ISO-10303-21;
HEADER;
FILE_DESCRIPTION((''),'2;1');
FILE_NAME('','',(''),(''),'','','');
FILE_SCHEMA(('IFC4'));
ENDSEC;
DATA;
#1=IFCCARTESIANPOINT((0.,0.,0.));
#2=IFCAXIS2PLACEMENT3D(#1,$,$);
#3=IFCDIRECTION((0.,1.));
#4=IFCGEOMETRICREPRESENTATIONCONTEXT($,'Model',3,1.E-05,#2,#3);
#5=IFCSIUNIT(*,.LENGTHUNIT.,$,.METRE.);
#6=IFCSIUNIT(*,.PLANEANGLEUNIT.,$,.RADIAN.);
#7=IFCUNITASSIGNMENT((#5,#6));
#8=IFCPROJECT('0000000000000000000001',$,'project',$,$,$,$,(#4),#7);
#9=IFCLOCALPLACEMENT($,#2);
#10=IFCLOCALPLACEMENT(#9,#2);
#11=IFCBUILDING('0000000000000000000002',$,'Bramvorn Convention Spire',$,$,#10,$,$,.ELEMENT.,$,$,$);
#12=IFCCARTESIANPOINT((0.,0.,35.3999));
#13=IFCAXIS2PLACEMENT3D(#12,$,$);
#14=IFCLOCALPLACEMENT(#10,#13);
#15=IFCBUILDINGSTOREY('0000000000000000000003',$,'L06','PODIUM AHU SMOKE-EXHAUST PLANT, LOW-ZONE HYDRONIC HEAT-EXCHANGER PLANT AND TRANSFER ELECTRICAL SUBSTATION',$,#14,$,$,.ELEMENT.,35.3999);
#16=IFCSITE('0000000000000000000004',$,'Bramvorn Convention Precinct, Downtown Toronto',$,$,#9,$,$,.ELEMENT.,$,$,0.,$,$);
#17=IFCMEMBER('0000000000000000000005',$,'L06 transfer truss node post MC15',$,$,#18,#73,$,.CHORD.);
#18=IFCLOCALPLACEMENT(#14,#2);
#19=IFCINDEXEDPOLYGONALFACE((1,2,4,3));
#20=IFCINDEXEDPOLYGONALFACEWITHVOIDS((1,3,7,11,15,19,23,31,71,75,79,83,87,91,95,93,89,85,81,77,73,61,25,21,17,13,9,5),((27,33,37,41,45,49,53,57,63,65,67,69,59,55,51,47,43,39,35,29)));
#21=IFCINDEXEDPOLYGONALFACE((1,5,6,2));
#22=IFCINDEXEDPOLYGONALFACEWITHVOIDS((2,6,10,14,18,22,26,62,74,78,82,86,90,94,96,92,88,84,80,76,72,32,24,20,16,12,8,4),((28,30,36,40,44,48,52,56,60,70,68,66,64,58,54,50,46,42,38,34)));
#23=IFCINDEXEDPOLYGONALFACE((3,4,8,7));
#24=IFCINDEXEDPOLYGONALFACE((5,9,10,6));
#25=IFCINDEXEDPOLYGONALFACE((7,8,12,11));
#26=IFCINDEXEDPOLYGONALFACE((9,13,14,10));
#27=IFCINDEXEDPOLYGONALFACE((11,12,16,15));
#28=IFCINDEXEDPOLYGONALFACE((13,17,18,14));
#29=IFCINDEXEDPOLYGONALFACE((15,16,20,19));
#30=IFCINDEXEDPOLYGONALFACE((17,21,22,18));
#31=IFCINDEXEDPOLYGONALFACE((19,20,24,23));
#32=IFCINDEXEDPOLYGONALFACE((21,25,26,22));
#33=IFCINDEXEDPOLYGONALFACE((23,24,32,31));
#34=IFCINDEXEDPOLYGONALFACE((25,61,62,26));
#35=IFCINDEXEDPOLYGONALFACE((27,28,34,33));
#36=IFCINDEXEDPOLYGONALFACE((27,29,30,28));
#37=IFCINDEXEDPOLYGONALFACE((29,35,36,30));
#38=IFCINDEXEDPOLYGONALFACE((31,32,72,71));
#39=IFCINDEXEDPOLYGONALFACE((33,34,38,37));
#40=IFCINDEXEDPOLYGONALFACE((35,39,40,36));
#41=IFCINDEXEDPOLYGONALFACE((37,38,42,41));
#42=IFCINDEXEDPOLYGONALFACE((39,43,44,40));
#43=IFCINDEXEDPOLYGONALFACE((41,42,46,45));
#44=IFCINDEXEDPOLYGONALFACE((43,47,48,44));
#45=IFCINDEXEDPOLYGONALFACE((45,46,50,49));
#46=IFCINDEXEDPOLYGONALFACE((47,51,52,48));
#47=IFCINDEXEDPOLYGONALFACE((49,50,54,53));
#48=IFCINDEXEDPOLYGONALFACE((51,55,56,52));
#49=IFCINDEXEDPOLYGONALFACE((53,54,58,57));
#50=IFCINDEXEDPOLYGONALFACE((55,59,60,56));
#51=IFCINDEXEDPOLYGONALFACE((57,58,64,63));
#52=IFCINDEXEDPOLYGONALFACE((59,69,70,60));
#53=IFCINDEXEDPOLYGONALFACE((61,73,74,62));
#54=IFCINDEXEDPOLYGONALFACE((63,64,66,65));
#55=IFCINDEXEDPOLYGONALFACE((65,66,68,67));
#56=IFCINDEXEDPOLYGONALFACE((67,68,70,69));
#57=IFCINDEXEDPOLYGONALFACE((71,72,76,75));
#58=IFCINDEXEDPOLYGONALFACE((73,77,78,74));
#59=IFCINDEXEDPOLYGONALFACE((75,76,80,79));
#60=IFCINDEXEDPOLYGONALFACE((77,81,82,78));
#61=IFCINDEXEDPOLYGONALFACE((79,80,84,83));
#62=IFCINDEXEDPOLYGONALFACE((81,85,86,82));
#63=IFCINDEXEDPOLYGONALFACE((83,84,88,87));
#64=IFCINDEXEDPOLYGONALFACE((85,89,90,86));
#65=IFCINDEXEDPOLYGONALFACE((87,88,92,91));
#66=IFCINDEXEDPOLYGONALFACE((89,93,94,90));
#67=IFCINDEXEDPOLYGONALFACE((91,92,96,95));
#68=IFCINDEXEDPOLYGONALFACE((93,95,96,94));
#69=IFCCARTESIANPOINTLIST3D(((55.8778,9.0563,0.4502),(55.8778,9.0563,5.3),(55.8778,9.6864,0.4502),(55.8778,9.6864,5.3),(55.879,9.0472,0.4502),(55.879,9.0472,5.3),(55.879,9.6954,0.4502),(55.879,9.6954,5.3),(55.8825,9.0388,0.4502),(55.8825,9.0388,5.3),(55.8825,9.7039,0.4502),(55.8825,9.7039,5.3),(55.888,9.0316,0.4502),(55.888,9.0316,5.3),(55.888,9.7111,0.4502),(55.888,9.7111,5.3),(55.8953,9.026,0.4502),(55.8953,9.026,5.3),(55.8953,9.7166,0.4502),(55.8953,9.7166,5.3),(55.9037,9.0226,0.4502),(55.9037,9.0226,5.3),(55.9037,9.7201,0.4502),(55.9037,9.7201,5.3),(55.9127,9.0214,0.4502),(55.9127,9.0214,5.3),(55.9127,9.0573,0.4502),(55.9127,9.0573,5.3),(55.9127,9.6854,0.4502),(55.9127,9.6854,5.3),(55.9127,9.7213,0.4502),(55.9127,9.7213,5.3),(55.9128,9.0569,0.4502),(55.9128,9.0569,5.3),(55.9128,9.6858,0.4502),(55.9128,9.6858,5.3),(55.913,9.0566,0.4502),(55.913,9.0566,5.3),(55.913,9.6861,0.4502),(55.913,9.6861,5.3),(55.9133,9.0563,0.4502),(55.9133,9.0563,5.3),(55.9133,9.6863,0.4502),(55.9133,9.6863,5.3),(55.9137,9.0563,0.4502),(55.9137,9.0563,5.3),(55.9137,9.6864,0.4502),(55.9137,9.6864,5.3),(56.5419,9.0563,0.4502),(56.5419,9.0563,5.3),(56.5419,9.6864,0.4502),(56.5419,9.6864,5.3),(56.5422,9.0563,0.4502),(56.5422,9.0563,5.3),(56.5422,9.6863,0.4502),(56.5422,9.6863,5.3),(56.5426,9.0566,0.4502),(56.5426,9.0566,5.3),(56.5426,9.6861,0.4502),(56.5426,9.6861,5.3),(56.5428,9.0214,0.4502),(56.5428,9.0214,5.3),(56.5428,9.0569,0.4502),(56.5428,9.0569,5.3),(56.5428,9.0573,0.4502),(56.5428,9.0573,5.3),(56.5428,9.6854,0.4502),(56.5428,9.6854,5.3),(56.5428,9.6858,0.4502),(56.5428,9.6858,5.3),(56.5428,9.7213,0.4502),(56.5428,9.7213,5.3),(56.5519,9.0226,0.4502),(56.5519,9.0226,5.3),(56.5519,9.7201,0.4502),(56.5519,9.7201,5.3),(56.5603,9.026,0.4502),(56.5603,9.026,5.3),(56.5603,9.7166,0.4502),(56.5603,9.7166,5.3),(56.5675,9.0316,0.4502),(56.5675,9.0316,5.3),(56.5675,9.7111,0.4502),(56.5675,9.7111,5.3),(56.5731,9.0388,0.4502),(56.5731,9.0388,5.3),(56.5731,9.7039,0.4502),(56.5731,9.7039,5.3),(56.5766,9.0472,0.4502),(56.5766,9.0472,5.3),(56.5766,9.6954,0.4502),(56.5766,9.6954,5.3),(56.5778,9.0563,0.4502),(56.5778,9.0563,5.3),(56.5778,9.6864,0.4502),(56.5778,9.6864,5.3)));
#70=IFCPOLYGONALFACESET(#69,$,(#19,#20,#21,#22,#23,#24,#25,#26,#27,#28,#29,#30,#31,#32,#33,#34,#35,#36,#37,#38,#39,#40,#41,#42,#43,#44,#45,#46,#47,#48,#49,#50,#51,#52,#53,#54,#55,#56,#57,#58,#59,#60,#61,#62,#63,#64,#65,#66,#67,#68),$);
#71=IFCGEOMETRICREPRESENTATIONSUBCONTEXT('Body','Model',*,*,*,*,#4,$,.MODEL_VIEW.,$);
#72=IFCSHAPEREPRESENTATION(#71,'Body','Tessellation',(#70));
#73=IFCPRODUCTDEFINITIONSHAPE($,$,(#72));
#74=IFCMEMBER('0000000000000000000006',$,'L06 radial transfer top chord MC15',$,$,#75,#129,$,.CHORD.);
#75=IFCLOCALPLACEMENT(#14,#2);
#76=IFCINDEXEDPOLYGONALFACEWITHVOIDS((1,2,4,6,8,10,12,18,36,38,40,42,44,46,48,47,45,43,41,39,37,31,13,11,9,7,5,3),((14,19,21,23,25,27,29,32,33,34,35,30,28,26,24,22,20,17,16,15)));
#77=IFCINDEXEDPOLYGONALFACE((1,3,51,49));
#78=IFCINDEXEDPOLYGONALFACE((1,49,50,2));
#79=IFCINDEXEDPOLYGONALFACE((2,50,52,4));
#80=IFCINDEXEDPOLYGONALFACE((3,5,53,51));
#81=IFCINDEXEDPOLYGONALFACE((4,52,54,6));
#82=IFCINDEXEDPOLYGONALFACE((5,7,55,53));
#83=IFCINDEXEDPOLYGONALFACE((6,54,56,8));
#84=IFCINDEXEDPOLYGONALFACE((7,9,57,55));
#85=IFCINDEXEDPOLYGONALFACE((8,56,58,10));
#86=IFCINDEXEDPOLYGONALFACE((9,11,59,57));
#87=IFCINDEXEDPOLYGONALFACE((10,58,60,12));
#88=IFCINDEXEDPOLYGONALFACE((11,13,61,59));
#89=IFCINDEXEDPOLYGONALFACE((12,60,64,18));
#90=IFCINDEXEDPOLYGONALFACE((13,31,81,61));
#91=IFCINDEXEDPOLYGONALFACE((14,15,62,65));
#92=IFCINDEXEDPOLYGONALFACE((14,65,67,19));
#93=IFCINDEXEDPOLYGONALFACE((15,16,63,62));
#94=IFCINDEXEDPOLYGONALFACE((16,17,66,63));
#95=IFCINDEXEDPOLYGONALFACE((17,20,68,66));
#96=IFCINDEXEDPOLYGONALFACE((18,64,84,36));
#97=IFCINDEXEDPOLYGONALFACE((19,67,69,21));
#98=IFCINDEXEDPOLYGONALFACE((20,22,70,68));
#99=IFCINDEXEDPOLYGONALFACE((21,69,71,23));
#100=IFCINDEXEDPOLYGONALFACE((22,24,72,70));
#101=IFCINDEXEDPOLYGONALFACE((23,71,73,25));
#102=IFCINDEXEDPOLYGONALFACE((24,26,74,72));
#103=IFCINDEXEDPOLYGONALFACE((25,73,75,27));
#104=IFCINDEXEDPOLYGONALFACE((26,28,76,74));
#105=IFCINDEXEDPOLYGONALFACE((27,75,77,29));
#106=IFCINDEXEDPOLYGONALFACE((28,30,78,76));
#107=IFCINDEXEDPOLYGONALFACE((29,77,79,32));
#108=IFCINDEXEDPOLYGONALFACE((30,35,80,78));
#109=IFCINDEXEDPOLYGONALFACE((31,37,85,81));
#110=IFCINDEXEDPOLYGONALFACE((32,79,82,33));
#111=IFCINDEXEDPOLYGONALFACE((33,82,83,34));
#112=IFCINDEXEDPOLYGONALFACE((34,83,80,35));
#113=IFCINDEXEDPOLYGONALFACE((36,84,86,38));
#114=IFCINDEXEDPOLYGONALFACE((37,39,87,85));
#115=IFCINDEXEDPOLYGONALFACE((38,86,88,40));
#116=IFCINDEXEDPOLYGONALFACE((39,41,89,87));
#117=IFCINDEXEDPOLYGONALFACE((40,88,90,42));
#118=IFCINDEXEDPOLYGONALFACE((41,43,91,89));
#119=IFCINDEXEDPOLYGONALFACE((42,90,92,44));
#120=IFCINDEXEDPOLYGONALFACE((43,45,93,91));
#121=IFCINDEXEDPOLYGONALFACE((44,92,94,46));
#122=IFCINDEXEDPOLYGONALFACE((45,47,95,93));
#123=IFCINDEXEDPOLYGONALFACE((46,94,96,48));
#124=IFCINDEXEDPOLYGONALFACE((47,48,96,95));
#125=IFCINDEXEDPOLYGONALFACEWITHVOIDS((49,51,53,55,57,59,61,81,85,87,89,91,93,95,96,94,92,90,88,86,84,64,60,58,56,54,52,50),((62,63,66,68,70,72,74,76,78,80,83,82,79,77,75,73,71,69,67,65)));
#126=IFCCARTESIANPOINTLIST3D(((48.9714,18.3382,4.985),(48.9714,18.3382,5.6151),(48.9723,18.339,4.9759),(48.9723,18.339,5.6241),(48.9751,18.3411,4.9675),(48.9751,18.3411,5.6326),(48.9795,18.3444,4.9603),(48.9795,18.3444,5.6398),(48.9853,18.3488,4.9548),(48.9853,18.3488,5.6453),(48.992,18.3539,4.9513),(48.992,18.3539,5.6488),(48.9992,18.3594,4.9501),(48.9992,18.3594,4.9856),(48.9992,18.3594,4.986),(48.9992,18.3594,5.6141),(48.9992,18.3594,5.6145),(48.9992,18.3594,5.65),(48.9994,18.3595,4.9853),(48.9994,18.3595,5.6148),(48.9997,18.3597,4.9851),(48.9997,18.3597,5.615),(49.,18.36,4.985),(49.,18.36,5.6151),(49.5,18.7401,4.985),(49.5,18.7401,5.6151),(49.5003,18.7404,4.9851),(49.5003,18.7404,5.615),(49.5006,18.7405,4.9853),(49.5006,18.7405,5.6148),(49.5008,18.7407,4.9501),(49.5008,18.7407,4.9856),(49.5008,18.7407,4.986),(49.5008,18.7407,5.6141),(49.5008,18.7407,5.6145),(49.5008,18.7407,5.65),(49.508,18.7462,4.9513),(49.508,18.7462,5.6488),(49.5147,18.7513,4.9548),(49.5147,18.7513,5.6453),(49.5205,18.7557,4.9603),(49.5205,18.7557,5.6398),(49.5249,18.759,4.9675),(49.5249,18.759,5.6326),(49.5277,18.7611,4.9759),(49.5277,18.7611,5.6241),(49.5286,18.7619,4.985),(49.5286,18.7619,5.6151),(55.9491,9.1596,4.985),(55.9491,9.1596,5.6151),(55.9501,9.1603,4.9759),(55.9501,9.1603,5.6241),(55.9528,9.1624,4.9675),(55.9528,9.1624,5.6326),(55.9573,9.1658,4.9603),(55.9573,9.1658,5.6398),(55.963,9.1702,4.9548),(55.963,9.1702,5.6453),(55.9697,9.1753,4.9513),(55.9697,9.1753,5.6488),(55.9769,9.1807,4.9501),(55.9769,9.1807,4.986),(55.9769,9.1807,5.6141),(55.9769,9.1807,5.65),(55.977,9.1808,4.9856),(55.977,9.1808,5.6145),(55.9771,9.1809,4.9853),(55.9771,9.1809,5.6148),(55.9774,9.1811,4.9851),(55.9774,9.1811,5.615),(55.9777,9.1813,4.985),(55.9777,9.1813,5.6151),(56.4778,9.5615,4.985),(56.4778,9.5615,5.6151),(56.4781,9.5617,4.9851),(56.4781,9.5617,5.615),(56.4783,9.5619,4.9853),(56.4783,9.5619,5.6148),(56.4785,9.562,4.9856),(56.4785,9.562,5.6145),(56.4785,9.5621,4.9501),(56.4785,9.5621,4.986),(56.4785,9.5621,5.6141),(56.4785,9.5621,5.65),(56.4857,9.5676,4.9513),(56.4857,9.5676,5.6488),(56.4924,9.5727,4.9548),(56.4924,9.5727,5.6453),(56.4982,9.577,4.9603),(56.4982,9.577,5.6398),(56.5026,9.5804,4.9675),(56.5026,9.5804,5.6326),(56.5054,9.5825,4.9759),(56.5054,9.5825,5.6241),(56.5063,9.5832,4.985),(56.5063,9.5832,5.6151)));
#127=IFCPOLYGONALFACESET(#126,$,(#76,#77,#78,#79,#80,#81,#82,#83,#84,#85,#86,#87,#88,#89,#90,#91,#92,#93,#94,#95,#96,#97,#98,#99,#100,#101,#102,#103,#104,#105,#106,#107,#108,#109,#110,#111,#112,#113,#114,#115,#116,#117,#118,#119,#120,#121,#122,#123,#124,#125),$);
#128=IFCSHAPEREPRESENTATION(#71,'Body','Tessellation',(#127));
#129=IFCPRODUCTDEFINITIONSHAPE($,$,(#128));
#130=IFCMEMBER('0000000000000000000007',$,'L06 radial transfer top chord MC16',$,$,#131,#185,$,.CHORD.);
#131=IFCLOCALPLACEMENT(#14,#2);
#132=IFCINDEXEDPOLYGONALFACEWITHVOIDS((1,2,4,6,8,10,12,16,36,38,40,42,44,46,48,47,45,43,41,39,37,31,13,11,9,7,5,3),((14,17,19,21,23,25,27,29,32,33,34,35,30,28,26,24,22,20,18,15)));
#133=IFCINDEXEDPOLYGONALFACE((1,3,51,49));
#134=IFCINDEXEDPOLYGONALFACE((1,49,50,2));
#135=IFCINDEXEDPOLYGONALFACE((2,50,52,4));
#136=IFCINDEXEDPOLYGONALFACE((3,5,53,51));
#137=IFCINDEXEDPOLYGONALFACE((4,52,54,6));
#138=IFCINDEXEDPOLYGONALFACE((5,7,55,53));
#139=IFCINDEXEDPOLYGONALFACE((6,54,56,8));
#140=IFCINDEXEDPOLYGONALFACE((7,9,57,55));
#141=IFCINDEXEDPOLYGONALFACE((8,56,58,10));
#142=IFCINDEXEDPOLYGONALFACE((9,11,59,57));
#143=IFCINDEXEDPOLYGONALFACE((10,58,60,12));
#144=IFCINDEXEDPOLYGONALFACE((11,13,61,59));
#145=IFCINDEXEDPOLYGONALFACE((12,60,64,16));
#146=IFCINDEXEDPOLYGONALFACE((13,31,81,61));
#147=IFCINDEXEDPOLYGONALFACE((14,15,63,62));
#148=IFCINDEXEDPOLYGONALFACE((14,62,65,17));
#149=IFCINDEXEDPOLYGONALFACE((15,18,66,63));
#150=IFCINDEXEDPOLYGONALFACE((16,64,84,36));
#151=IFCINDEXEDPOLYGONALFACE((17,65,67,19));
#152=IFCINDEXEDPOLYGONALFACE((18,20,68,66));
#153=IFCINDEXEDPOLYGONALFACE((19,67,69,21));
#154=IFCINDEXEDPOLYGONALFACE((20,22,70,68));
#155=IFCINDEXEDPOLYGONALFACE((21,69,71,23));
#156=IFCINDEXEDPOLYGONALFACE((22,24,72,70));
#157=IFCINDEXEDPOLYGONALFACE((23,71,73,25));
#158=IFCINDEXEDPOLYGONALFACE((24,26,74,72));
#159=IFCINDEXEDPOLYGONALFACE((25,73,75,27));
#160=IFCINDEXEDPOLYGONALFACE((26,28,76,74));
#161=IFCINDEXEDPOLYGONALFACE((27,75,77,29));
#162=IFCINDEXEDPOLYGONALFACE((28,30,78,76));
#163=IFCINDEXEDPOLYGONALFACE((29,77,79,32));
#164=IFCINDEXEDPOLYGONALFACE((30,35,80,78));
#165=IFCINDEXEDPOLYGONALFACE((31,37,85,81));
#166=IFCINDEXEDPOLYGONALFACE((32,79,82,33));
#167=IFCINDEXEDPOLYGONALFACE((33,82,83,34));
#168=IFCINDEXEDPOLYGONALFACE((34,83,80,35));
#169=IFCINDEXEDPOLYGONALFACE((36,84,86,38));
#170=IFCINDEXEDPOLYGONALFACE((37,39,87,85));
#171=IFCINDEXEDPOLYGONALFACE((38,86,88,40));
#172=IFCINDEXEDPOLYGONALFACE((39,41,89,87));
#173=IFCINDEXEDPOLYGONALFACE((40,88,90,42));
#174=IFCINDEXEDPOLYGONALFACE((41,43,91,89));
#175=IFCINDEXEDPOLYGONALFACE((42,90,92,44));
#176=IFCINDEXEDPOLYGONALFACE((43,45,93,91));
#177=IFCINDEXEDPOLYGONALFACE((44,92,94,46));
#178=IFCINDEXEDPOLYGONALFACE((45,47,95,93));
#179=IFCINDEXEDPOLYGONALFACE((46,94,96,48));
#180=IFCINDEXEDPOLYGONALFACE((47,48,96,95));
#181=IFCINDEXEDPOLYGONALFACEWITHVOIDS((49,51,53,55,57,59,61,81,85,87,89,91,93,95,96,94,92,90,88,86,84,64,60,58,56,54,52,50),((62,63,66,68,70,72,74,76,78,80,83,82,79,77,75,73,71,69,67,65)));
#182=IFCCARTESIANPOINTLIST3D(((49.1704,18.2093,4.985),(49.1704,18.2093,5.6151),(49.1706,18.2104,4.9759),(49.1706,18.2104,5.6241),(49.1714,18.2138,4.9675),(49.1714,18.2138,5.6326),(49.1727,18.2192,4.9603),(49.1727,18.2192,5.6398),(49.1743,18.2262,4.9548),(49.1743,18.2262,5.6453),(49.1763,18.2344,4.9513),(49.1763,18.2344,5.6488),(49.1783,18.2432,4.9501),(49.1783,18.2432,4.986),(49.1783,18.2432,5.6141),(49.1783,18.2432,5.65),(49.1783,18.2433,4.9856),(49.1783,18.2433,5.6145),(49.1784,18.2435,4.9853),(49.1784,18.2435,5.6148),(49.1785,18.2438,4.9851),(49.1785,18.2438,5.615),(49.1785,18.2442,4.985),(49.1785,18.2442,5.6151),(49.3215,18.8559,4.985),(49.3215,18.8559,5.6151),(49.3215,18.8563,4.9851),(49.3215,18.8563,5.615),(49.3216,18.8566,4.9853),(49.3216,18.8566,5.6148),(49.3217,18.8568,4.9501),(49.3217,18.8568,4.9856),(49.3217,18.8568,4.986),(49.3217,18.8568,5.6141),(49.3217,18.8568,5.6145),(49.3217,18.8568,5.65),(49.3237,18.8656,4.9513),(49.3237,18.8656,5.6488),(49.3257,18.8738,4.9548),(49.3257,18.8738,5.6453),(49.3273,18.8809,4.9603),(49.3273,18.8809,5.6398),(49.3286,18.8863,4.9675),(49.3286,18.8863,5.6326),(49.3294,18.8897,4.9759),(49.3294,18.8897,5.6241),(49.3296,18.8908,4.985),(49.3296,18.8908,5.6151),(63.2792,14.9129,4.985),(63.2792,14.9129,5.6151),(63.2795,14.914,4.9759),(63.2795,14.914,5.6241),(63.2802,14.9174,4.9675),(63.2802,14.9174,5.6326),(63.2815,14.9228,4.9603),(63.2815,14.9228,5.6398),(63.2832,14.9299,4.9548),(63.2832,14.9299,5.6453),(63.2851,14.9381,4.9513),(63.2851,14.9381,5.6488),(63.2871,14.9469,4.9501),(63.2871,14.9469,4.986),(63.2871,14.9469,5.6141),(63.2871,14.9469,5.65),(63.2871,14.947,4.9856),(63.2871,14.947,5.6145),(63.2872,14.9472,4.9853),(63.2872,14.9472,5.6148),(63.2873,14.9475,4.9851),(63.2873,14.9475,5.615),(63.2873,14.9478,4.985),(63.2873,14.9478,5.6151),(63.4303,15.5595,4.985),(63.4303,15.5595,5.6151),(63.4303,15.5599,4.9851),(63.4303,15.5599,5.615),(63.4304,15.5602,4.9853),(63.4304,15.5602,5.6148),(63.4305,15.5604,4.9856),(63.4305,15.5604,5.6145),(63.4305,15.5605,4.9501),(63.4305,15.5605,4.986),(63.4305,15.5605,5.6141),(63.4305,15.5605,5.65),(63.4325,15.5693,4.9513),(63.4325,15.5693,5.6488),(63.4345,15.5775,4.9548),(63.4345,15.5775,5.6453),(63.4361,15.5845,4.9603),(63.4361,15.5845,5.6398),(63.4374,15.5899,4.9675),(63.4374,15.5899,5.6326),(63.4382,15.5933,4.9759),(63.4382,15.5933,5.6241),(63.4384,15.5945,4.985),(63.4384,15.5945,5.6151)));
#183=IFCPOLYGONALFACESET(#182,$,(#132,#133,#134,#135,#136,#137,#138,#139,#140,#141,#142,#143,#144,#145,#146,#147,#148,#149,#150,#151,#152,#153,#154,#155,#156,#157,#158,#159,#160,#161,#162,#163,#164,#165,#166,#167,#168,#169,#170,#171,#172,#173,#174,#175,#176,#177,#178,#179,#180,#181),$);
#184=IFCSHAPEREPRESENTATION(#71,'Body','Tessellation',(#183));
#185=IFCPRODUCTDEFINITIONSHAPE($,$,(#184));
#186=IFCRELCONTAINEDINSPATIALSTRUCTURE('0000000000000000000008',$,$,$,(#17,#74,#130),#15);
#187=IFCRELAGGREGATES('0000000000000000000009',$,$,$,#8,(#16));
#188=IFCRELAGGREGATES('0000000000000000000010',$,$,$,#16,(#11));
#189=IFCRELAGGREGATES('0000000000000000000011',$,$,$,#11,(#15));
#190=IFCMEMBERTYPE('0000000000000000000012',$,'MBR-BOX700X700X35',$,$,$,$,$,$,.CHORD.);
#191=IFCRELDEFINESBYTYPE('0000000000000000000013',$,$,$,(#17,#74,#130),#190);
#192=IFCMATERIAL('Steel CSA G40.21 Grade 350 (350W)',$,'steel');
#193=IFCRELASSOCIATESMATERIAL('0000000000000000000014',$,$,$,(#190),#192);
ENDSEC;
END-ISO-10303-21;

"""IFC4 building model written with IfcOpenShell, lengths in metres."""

from ifc_helpers import new_model, si_unit, direction, frame, origin, origin_2d, place, context, subcontext, project, spatial, hollow_rectangle, extrude, material, material_profile, profile_set, type_object, element, save


model = new_model("IFC4")

# Units and contexts
model_context = context("Model", 3, precision=1e-05, world=origin(), true_north=direction((0.0, 1.0)))
body_context = subcontext(model_context, "Body", "Model", "MODEL_VIEW")
ifc_project = project(units=[si_unit("LENGTHUNIT", "METRE"), si_unit("PLANEANGLEUNIT", "RADIAN")], contexts=[model_context])

# Site, building, storey
site_placement = place(None, origin())
site = spatial("IfcSite", under=ifc_project, at=site_placement, Name="Bramvorn Convention Precinct, Downtown Toronto", CompositionType="ELEMENT", RefElevation=0.0)
building_placement = place(site_placement, origin())
building = spatial("IfcBuilding", under=site, at=building_placement, Name="Bramvorn Convention Spire", CompositionType="ELEMENT")
storey_placement = place(building_placement, frame((0.0, 0.0, 35.3999)))
storey = spatial("IfcBuildingStorey", under=building, at=storey_placement, Name="L06", Description="PODIUM AHU SMOKE-EXHAUST PLANT, LOW-ZONE HYDRONIC HEAT-EXCHANGER PLANT AND TRANSFER ELECTRICAL SUBSTATION", CompositionType="ELEMENT", Elevation=35.3999)

# Shared definitions
ifc_material_1 = material(Name="Steel CSA G40.21 Grade 350 (350W)", Category="steel")

# Members
ifc_material_profile_1 = material_profile(ifc_material_1, hollow_rectangle(XDim=0.7, YDim=0.7, WallThickness=0.0349, InnerFilletRadius=0.001, OuterFilletRadius=0.0349, at=origin_2d()))
ifc_profile_set_1 = profile_set([ifc_material_profile_1], Name="Steel CSA G40.21 Grade 350 (350W) - BOX700X700X35")
member_type_1 = type_object("IfcMemberType", Name="MBR-BOX700X700X35", PredefinedType="CHORD", material=ifc_profile_set_1)
member_1_placement = place(storey_placement, frame((56.2278, 9.3713, 0.4502), z_axis=(0.0, 0.0, 1.0), x_axis=(1.0, 0.0, 0.0)))
element("IfcMember", 1, at=member_1_placement, inside=storey, type_object=member_type_1, Name="L06 transfer truss node post MC15", PredefinedType="CHORD", context=body_context, shape_type="SweptSolid", body=[
    extrude(hollow_rectangle(XDim=0.7, YDim=0.7, WallThickness=0.0349, InnerFilletRadius=0.001, OuterFilletRadius=0.0349, at=origin_2d()), origin(), (0.0, 0.0, 1.0), 4.8499),
])
member_2_placement = place(storey_placement, frame((49.25, 18.55, 5.3), z_axis=(0.605191, -0.79608, 0.0), x_axis=(0.79608, 0.605191, 0.0)))
element("IfcMember", 2, at=member_2_placement, inside=storey, type_object=member_type_1, Name="L06 radial transfer top chord MC15", PredefinedType="CHORD", context=body_context, shape_type="SweptSolid", body=[
    extrude(hollow_rectangle(XDim=0.7, YDim=0.7, WallThickness=0.0349, InnerFilletRadius=0.001, OuterFilletRadius=0.0349, at=origin_2d()), origin(), (0.0, 0.0, 1.0), 11.5298),
])
member_3_placement = place(storey_placement, frame((49.25, 18.55, 5.3), z_axis=(0.973775, -0.227512, 0.0), x_axis=(0.227512, 0.973775, 0.0)))
element("IfcMember", 3, at=member_3_placement, inside=storey, type_object=member_type_1, Name="L06 radial transfer top chord MC16", PredefinedType="CHORD", context=body_context, shape_type="SweptSolid", body=[
    extrude(hollow_rectangle(XDim=0.7, YDim=0.7, WallThickness=0.0349, InnerFilletRadius=0.001, OuterFilletRadius=0.0349, at=origin_2d()), origin(), (0.0, 0.0, 1.0), 14.4888),
])

save(model, "model.ifc")
